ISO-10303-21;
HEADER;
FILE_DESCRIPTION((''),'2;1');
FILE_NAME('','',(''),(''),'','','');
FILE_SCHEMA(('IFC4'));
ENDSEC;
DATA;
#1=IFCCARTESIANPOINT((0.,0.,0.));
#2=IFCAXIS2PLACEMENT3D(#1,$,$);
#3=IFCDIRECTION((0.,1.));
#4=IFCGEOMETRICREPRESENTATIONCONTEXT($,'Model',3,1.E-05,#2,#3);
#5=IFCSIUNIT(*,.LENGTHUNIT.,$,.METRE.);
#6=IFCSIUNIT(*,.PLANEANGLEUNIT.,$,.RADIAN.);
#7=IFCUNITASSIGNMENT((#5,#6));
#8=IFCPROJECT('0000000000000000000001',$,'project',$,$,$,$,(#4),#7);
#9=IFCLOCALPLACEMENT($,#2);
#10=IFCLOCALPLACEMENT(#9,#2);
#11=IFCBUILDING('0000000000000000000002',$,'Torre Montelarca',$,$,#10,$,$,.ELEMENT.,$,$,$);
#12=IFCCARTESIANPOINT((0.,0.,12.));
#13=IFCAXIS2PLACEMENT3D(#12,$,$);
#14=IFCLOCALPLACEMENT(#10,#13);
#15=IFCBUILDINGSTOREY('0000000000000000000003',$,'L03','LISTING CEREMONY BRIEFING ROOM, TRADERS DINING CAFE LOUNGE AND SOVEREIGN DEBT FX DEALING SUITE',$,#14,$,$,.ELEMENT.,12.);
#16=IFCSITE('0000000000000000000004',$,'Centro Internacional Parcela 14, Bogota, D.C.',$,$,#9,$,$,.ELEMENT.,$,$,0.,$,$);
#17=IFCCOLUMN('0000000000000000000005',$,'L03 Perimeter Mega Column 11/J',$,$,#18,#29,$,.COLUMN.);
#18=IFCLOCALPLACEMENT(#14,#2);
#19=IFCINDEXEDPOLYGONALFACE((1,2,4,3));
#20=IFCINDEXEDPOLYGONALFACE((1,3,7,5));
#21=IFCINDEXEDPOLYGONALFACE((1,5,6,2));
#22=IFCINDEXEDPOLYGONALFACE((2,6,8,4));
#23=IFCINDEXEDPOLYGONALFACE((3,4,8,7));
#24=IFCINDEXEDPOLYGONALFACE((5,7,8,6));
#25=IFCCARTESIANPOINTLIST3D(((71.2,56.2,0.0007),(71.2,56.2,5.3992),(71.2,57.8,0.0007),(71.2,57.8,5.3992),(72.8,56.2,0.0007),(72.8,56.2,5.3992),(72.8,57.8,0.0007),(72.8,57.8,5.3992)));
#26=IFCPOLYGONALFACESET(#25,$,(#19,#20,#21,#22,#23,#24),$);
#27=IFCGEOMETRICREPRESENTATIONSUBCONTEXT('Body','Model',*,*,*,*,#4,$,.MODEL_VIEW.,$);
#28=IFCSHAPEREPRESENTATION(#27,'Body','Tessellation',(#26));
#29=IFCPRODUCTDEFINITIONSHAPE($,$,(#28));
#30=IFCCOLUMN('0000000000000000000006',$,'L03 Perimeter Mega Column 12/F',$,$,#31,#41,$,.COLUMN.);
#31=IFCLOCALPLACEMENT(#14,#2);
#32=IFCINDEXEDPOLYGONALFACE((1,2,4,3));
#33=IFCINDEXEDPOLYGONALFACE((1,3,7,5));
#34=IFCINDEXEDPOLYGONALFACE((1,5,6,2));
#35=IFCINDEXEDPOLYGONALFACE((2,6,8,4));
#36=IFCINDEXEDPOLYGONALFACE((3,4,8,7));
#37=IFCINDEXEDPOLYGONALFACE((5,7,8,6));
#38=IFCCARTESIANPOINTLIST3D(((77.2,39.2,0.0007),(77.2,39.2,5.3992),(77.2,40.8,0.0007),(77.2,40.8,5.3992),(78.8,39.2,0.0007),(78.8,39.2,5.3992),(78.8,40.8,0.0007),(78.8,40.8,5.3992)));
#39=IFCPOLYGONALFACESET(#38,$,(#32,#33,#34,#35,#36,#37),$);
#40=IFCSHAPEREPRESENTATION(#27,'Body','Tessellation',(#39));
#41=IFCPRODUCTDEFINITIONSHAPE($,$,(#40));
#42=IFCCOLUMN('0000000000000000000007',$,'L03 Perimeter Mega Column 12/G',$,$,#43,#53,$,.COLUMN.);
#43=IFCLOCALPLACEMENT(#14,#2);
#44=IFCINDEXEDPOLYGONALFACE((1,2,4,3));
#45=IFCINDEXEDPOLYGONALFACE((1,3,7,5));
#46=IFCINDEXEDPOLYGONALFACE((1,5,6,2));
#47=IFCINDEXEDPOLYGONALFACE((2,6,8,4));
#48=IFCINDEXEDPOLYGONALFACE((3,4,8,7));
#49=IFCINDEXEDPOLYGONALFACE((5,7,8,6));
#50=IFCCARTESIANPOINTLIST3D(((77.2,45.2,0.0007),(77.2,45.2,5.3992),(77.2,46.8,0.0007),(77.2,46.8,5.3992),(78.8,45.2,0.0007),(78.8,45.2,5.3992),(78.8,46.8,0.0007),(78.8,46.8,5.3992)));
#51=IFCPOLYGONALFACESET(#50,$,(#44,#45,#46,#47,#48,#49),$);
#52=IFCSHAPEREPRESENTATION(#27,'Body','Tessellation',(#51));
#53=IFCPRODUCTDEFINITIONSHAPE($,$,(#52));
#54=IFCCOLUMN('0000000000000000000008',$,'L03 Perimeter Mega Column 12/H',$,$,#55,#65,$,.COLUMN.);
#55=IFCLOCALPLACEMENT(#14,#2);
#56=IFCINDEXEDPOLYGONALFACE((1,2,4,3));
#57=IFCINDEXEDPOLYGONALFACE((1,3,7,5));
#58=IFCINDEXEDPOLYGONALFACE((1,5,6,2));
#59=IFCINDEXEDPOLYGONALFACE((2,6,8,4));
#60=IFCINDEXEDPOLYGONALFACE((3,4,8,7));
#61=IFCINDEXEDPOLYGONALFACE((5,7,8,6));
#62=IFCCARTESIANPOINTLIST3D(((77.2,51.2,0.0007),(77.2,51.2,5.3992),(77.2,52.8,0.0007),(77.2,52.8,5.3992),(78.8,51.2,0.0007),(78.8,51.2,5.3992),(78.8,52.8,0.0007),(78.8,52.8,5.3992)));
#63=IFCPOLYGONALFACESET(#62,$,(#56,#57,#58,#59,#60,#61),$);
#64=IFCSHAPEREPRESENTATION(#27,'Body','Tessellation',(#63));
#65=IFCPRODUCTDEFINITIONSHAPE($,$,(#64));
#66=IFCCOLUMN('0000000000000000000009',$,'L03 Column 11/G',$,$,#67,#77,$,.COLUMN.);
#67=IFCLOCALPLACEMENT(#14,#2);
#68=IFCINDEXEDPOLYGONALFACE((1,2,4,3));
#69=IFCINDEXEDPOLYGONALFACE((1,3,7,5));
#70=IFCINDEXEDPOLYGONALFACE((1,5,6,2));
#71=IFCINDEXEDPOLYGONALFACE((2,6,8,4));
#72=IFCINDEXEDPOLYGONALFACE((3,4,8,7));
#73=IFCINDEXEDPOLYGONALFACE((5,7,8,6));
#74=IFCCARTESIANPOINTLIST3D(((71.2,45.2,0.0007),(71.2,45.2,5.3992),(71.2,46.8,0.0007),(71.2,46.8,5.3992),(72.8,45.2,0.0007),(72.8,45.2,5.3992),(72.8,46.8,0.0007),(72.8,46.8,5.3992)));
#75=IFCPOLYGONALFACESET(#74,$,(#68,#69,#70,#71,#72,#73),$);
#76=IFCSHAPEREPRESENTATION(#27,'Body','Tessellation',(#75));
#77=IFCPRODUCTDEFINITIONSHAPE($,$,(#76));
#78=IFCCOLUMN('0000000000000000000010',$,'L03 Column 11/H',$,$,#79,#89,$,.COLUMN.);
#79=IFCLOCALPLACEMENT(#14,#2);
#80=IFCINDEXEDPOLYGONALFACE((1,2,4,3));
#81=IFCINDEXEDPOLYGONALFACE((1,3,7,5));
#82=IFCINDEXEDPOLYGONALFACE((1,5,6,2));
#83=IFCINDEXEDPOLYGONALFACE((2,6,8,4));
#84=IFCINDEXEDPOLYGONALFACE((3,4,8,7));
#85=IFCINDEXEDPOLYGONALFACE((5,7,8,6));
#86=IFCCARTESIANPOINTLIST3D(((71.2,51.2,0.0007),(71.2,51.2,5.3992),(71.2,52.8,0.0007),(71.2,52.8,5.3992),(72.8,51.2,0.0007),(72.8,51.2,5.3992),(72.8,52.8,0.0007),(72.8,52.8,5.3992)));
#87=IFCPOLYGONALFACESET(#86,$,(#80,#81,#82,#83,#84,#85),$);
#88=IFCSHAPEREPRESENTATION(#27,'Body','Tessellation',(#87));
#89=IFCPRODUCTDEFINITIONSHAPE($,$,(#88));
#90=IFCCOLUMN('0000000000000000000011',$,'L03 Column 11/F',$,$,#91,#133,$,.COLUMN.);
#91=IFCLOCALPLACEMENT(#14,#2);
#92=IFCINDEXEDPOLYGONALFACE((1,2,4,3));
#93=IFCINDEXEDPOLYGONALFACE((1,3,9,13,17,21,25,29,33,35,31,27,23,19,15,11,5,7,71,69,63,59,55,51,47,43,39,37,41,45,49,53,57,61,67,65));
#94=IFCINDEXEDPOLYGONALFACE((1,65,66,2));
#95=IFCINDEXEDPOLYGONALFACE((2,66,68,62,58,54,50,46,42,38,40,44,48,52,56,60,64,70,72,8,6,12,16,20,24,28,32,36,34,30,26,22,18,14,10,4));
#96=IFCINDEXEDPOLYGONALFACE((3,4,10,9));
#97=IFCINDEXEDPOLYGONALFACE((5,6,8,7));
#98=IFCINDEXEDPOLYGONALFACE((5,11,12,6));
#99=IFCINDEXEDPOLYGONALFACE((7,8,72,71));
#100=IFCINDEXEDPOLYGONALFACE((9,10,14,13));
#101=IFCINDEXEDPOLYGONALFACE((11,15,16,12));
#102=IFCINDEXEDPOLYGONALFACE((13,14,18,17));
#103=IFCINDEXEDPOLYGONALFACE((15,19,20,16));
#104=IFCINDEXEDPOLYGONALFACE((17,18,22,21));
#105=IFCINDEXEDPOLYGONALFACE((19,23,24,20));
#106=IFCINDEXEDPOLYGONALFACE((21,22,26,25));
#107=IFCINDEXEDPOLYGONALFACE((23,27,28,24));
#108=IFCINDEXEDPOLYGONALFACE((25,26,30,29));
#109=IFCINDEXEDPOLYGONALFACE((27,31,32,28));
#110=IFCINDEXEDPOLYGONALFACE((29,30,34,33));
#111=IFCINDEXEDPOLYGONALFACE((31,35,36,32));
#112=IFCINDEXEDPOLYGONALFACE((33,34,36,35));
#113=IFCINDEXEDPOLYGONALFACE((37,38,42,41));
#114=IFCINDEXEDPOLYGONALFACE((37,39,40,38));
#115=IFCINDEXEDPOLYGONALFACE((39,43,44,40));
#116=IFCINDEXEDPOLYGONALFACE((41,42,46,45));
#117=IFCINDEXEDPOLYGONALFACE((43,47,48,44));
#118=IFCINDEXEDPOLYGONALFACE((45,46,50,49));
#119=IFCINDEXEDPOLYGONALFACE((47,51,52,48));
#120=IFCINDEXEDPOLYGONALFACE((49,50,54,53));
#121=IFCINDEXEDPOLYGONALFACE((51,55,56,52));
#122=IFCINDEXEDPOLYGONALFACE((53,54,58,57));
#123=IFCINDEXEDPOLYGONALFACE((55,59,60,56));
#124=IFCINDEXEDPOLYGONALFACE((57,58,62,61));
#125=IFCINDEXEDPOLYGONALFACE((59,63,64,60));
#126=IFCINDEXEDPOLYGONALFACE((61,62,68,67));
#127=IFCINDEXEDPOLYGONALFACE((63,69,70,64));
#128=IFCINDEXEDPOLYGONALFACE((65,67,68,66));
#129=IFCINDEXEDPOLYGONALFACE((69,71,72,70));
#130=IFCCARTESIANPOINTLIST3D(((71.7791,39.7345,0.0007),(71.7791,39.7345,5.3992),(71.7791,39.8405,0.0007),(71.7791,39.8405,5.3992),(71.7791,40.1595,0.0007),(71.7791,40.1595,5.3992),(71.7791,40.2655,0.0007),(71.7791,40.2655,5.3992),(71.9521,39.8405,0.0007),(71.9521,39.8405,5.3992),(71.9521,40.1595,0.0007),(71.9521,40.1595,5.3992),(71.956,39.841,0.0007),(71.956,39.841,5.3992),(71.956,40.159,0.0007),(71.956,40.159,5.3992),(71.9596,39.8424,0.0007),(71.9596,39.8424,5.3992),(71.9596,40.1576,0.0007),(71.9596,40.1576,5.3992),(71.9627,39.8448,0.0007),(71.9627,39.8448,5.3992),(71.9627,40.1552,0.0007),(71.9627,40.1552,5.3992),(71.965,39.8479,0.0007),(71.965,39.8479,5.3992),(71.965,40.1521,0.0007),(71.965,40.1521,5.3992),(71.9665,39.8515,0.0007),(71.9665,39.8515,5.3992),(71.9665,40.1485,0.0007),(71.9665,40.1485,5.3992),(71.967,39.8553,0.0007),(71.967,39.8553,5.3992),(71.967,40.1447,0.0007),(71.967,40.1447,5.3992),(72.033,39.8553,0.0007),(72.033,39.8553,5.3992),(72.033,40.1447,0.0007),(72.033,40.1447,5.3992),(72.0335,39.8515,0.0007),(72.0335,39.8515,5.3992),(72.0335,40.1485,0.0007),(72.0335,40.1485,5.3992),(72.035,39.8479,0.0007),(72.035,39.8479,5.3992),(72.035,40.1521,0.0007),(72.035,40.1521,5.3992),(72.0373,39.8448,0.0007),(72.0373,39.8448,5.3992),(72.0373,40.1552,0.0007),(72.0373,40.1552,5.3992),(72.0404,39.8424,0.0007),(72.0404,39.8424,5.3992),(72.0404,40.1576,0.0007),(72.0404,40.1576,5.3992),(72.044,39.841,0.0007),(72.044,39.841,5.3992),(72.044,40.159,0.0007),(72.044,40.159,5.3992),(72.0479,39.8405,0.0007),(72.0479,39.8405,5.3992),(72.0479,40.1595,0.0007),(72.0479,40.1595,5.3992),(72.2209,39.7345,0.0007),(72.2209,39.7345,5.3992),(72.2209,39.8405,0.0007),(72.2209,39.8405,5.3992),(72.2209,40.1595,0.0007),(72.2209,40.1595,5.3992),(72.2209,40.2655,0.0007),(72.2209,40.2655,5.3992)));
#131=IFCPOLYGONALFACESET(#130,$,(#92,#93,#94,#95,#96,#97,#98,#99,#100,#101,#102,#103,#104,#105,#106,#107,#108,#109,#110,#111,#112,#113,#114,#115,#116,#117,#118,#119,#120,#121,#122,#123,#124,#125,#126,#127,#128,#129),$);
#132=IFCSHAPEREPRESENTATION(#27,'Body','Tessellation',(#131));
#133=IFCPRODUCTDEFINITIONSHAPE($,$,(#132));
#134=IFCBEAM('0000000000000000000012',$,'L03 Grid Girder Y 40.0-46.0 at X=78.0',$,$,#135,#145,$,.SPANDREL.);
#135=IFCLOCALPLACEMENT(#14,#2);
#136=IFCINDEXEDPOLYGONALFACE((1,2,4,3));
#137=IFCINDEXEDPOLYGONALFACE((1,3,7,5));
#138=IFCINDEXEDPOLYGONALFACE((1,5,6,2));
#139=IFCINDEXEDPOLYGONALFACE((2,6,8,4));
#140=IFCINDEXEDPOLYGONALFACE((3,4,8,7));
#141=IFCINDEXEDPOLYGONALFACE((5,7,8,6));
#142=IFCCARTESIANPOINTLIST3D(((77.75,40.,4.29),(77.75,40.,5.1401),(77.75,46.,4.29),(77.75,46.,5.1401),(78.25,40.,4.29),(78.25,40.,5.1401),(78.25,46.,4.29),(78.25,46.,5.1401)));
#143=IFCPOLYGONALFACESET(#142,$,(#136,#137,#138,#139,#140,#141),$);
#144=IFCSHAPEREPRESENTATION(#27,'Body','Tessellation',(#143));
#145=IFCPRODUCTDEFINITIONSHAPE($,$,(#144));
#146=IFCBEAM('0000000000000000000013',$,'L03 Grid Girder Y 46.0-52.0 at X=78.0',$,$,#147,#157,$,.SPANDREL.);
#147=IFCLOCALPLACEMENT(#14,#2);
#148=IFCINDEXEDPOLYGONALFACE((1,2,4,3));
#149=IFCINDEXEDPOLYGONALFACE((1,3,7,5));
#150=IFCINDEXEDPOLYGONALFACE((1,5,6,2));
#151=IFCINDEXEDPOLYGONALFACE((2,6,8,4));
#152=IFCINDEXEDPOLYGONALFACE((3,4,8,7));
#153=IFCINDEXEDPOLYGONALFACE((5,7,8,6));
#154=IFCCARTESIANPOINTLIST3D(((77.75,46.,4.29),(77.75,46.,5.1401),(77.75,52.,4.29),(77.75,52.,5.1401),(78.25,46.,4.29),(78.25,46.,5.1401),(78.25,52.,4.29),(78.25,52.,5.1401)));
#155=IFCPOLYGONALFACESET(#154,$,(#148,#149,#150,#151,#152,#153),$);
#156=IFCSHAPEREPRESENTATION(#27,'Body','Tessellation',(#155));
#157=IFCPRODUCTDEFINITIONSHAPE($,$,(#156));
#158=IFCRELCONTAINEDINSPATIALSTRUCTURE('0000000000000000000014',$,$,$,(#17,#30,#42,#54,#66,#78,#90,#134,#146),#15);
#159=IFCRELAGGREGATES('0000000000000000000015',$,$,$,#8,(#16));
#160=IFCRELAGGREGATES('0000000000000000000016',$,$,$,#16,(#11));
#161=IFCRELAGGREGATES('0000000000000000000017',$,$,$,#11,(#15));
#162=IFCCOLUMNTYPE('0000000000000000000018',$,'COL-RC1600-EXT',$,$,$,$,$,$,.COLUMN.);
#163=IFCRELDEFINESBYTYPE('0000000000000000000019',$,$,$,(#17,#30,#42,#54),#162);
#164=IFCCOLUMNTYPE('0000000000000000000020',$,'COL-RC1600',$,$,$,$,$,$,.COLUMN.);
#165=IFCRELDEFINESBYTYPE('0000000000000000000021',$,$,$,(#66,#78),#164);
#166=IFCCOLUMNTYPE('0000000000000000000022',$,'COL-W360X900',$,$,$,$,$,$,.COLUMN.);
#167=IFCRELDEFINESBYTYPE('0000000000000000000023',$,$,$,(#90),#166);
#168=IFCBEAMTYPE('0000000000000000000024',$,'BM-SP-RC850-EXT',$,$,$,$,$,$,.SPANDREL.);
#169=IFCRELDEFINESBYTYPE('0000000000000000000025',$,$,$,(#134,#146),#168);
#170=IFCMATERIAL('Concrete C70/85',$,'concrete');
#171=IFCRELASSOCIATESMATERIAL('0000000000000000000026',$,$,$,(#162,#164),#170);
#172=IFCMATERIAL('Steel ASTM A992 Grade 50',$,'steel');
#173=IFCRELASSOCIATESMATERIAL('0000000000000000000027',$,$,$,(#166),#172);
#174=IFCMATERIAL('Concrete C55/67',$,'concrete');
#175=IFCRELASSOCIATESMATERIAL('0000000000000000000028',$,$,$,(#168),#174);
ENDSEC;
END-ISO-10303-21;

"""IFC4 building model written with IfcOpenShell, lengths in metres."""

from ifc_helpers import new_model, si_unit, direction, frame, origin, origin_2d, place, context, subcontext, project, spatial, rectangle, i_section, extrude, source, transform, mapped, material, material_profile, profile_set, type_object, element, save


model = new_model("IFC4")

# Units and contexts
model_context = context("Model", 3, precision=1e-05, world=origin(), true_north=direction((0.0, 1.0)))
body_context = subcontext(model_context, "Body", "Model", "MODEL_VIEW")
ifc_project = project(units=[si_unit("LENGTHUNIT", "METRE"), si_unit("PLANEANGLEUNIT", "RADIAN")], contexts=[model_context])

# Site, building, storey
site_placement = place(None, origin())
site = spatial("IfcSite", under=ifc_project, at=site_placement, Name="Centro Internacional Parcela 14, Bogota, D.C.", CompositionType="ELEMENT", RefElevation=0.0)
building_placement = place(site_placement, origin())
building = spatial("IfcBuilding", under=site, at=building_placement, Name="Torre Montelarca", CompositionType="ELEMENT")
storey_placement = place(building_placement, frame((0.0, 0.0, 12.0)))
storey = spatial("IfcBuildingStorey", under=building, at=storey_placement, Name="L03", Description="LISTING CEREMONY BRIEFING ROOM, TRADERS DINING CAFE LOUNGE AND SOVEREIGN DEBT FX DEALING SUITE", CompositionType="ELEMENT", Elevation=12.0)

# Columns
ifc_material_1 = material(Name="Concrete C70/85", Category="concrete")
ifc_material_profile_1 = material_profile(ifc_material_1, rectangle(XDim=1.6001, YDim=1.6001, at=origin_2d()), Name="RC1600X1600", Category="concrete")
ifc_profile_set_1 = profile_set([ifc_material_profile_1], Name="Concrete C70/85")
column_type_1 = type_object("IfcColumnType", Name="COL-RC1600-EXT", PredefinedType="COLUMN", material=ifc_profile_set_1)
shared_shape_1 = source(origin(), body_context, "Body", "SweptSolid", [
    extrude(rectangle(XDim=1.6001, YDim=1.6001, at=origin_2d()), origin(), (0.0, 0.0, 1.0), 5.3984),
])
for number, where, z_axis, x_axis, name in (
    (1, (72.0, 57.0, 0.0007), (0.0, 0.0, 1.0), (1.0, 0.0, 0.0), "L03 Perimeter Mega Column 11/J"),
    (2, (78.0, 40.0, 0.0007), (0.0, 0.0, 1.0), (1.0, 0.0, 0.0), "L03 Perimeter Mega Column 12/F"),
    (3, (78.0, 46.0, 0.0007), (0.0, 0.0, 1.0), (1.0, 0.0, 0.0), "L03 Perimeter Mega Column 12/G"),
    (4, (78.0, 52.0, 0.0007), (0.0, 0.0, 1.0), (1.0, 0.0, 0.0), "L03 Perimeter Mega Column 12/H"),
):
    element("IfcColumn", number, at=place(storey_placement, frame(where, z_axis=z_axis, x_axis=x_axis)), inside=storey, type_object=column_type_1, Name=name, PredefinedType="COLUMN", context=body_context, shape_type="MappedRepresentation", body=[
        mapped(shared_shape_1, transform((0.0, 0.0, 0.0), scale=1.0)),
    ])
ifc_material_profile_2 = material_profile(ifc_material_1, rectangle(XDim=1.6001, YDim=1.6001, at=origin_2d()), Name="RC1600X1600", Category="concrete")
ifc_profile_set_2 = profile_set([ifc_material_profile_2], Name="Concrete C70/85")
column_type_2 = type_object("IfcColumnType", Name="COL-RC1600", PredefinedType="COLUMN", material=ifc_profile_set_2)
shared_shape_2 = source(origin(), body_context, "Body", "SweptSolid", [
    extrude(rectangle(XDim=1.6001, YDim=1.6001, at=origin_2d()), origin(), (0.0, 0.0, 1.0), 5.3984),
])
for number, where, z_axis, x_axis, name in (
    (5, (72.0, 46.0, 0.0007), (0.0, 0.0, 1.0), (1.0, 0.0, 0.0), "L03 Column 11/G"),
    (6, (72.0, 52.0, 0.0007), (0.0, 0.0, 1.0), (1.0, 0.0, 0.0), "L03 Column 11/H"),
):
    element("IfcColumn", number, at=place(storey_placement, frame(where, z_axis=z_axis, x_axis=x_axis)), inside=storey, type_object=column_type_2, Name=name, PredefinedType="COLUMN", context=body_context, shape_type="MappedRepresentation", body=[
        mapped(shared_shape_2, transform((0.0, 0.0, 0.0), scale=1.0)),
    ])
ifc_material_2 = material(Name="Steel ASTM A992 Grade 50", Category="steel")
ifc_material_profile_3 = material_profile(ifc_material_2, i_section(OverallWidth=0.4419, OverallDepth=0.531, WebThickness=0.0659, FlangeThickness=0.106, FilletRadius=0.0149, at=origin_2d()), Name="W360X900", Category="steel")
ifc_profile_set_3 = profile_set([ifc_material_profile_3], Name="Steel ASTM A992 Grade 50")
column_type_3 = type_object("IfcColumnType", Name="COL-W360X900", PredefinedType="COLUMN", material=ifc_profile_set_3)
shared_shape_3 = source(origin(), body_context, "Body", "SweptSolid", [
    extrude(i_section(OverallWidth=0.4419, OverallDepth=0.531, WebThickness=0.0659, FlangeThickness=0.106, FilletRadius=0.0149, at=origin_2d()), origin(), (0.0, 0.0, 1.0), 5.3984),
])
column_placement = place(storey_placement, frame((72.0, 40.0, 0.0007), z_axis=(0.0, 0.0, 1.0), x_axis=(1.0, 0.0, 0.0)))
element("IfcColumn", 7, at=column_placement, inside=storey, type_object=column_type_3, Name="L03 Column 11/F", PredefinedType="COLUMN", context=body_context, shape_type="MappedRepresentation", body=[
    mapped(shared_shape_3, transform((0.0, 0.0, 0.0), scale=1.0)),
])

# Beams
ifc_material_3 = material(Name="Concrete C55/67", Category="concrete")
ifc_material_profile_4 = material_profile(ifc_material_3, rectangle(XDim=0.5, YDim=0.8501, at=origin_2d()), Name="RCB500X850", Category="concrete")
ifc_profile_set_4 = profile_set([ifc_material_profile_4], Name="Concrete C55/67")
beam_type_1 = type_object("IfcBeamType", Name="BM-SP-RC850-EXT", PredefinedType="SPANDREL", material=ifc_profile_set_4)
shared_shape_4 = source(origin(), body_context, "Body", "SweptSolid", [
    extrude(rectangle(XDim=0.5, YDim=0.8501, at=origin_2d()), origin(), (0.0, 0.0, 1.0), 6.0),
])
for number, where, z_axis, x_axis, name in (
    (8, (78.0, 40.0, 4.7151), (0.0, 1.0, 0.0), (-1.0, 0.0, 0.0), "L03 Grid Girder Y 40.0-46.0 at X=78.0"),
    (9, (78.0, 46.0, 4.7151), (0.0, 1.0, 0.0), (-1.0, 0.0, 0.0), "L03 Grid Girder Y 46.0-52.0 at X=78.0"),
):
    element("IfcBeam", number, at=place(storey_placement, frame(where, z_axis=z_axis, x_axis=x_axis)), inside=storey, type_object=beam_type_1, Name=name, PredefinedType="SPANDREL", context=body_context, shape_type="MappedRepresentation", body=[
        mapped(shared_shape_4, transform((0.0, 0.0, 0.0), scale=1.0)),
    ])

save(model, "model.ifc")
